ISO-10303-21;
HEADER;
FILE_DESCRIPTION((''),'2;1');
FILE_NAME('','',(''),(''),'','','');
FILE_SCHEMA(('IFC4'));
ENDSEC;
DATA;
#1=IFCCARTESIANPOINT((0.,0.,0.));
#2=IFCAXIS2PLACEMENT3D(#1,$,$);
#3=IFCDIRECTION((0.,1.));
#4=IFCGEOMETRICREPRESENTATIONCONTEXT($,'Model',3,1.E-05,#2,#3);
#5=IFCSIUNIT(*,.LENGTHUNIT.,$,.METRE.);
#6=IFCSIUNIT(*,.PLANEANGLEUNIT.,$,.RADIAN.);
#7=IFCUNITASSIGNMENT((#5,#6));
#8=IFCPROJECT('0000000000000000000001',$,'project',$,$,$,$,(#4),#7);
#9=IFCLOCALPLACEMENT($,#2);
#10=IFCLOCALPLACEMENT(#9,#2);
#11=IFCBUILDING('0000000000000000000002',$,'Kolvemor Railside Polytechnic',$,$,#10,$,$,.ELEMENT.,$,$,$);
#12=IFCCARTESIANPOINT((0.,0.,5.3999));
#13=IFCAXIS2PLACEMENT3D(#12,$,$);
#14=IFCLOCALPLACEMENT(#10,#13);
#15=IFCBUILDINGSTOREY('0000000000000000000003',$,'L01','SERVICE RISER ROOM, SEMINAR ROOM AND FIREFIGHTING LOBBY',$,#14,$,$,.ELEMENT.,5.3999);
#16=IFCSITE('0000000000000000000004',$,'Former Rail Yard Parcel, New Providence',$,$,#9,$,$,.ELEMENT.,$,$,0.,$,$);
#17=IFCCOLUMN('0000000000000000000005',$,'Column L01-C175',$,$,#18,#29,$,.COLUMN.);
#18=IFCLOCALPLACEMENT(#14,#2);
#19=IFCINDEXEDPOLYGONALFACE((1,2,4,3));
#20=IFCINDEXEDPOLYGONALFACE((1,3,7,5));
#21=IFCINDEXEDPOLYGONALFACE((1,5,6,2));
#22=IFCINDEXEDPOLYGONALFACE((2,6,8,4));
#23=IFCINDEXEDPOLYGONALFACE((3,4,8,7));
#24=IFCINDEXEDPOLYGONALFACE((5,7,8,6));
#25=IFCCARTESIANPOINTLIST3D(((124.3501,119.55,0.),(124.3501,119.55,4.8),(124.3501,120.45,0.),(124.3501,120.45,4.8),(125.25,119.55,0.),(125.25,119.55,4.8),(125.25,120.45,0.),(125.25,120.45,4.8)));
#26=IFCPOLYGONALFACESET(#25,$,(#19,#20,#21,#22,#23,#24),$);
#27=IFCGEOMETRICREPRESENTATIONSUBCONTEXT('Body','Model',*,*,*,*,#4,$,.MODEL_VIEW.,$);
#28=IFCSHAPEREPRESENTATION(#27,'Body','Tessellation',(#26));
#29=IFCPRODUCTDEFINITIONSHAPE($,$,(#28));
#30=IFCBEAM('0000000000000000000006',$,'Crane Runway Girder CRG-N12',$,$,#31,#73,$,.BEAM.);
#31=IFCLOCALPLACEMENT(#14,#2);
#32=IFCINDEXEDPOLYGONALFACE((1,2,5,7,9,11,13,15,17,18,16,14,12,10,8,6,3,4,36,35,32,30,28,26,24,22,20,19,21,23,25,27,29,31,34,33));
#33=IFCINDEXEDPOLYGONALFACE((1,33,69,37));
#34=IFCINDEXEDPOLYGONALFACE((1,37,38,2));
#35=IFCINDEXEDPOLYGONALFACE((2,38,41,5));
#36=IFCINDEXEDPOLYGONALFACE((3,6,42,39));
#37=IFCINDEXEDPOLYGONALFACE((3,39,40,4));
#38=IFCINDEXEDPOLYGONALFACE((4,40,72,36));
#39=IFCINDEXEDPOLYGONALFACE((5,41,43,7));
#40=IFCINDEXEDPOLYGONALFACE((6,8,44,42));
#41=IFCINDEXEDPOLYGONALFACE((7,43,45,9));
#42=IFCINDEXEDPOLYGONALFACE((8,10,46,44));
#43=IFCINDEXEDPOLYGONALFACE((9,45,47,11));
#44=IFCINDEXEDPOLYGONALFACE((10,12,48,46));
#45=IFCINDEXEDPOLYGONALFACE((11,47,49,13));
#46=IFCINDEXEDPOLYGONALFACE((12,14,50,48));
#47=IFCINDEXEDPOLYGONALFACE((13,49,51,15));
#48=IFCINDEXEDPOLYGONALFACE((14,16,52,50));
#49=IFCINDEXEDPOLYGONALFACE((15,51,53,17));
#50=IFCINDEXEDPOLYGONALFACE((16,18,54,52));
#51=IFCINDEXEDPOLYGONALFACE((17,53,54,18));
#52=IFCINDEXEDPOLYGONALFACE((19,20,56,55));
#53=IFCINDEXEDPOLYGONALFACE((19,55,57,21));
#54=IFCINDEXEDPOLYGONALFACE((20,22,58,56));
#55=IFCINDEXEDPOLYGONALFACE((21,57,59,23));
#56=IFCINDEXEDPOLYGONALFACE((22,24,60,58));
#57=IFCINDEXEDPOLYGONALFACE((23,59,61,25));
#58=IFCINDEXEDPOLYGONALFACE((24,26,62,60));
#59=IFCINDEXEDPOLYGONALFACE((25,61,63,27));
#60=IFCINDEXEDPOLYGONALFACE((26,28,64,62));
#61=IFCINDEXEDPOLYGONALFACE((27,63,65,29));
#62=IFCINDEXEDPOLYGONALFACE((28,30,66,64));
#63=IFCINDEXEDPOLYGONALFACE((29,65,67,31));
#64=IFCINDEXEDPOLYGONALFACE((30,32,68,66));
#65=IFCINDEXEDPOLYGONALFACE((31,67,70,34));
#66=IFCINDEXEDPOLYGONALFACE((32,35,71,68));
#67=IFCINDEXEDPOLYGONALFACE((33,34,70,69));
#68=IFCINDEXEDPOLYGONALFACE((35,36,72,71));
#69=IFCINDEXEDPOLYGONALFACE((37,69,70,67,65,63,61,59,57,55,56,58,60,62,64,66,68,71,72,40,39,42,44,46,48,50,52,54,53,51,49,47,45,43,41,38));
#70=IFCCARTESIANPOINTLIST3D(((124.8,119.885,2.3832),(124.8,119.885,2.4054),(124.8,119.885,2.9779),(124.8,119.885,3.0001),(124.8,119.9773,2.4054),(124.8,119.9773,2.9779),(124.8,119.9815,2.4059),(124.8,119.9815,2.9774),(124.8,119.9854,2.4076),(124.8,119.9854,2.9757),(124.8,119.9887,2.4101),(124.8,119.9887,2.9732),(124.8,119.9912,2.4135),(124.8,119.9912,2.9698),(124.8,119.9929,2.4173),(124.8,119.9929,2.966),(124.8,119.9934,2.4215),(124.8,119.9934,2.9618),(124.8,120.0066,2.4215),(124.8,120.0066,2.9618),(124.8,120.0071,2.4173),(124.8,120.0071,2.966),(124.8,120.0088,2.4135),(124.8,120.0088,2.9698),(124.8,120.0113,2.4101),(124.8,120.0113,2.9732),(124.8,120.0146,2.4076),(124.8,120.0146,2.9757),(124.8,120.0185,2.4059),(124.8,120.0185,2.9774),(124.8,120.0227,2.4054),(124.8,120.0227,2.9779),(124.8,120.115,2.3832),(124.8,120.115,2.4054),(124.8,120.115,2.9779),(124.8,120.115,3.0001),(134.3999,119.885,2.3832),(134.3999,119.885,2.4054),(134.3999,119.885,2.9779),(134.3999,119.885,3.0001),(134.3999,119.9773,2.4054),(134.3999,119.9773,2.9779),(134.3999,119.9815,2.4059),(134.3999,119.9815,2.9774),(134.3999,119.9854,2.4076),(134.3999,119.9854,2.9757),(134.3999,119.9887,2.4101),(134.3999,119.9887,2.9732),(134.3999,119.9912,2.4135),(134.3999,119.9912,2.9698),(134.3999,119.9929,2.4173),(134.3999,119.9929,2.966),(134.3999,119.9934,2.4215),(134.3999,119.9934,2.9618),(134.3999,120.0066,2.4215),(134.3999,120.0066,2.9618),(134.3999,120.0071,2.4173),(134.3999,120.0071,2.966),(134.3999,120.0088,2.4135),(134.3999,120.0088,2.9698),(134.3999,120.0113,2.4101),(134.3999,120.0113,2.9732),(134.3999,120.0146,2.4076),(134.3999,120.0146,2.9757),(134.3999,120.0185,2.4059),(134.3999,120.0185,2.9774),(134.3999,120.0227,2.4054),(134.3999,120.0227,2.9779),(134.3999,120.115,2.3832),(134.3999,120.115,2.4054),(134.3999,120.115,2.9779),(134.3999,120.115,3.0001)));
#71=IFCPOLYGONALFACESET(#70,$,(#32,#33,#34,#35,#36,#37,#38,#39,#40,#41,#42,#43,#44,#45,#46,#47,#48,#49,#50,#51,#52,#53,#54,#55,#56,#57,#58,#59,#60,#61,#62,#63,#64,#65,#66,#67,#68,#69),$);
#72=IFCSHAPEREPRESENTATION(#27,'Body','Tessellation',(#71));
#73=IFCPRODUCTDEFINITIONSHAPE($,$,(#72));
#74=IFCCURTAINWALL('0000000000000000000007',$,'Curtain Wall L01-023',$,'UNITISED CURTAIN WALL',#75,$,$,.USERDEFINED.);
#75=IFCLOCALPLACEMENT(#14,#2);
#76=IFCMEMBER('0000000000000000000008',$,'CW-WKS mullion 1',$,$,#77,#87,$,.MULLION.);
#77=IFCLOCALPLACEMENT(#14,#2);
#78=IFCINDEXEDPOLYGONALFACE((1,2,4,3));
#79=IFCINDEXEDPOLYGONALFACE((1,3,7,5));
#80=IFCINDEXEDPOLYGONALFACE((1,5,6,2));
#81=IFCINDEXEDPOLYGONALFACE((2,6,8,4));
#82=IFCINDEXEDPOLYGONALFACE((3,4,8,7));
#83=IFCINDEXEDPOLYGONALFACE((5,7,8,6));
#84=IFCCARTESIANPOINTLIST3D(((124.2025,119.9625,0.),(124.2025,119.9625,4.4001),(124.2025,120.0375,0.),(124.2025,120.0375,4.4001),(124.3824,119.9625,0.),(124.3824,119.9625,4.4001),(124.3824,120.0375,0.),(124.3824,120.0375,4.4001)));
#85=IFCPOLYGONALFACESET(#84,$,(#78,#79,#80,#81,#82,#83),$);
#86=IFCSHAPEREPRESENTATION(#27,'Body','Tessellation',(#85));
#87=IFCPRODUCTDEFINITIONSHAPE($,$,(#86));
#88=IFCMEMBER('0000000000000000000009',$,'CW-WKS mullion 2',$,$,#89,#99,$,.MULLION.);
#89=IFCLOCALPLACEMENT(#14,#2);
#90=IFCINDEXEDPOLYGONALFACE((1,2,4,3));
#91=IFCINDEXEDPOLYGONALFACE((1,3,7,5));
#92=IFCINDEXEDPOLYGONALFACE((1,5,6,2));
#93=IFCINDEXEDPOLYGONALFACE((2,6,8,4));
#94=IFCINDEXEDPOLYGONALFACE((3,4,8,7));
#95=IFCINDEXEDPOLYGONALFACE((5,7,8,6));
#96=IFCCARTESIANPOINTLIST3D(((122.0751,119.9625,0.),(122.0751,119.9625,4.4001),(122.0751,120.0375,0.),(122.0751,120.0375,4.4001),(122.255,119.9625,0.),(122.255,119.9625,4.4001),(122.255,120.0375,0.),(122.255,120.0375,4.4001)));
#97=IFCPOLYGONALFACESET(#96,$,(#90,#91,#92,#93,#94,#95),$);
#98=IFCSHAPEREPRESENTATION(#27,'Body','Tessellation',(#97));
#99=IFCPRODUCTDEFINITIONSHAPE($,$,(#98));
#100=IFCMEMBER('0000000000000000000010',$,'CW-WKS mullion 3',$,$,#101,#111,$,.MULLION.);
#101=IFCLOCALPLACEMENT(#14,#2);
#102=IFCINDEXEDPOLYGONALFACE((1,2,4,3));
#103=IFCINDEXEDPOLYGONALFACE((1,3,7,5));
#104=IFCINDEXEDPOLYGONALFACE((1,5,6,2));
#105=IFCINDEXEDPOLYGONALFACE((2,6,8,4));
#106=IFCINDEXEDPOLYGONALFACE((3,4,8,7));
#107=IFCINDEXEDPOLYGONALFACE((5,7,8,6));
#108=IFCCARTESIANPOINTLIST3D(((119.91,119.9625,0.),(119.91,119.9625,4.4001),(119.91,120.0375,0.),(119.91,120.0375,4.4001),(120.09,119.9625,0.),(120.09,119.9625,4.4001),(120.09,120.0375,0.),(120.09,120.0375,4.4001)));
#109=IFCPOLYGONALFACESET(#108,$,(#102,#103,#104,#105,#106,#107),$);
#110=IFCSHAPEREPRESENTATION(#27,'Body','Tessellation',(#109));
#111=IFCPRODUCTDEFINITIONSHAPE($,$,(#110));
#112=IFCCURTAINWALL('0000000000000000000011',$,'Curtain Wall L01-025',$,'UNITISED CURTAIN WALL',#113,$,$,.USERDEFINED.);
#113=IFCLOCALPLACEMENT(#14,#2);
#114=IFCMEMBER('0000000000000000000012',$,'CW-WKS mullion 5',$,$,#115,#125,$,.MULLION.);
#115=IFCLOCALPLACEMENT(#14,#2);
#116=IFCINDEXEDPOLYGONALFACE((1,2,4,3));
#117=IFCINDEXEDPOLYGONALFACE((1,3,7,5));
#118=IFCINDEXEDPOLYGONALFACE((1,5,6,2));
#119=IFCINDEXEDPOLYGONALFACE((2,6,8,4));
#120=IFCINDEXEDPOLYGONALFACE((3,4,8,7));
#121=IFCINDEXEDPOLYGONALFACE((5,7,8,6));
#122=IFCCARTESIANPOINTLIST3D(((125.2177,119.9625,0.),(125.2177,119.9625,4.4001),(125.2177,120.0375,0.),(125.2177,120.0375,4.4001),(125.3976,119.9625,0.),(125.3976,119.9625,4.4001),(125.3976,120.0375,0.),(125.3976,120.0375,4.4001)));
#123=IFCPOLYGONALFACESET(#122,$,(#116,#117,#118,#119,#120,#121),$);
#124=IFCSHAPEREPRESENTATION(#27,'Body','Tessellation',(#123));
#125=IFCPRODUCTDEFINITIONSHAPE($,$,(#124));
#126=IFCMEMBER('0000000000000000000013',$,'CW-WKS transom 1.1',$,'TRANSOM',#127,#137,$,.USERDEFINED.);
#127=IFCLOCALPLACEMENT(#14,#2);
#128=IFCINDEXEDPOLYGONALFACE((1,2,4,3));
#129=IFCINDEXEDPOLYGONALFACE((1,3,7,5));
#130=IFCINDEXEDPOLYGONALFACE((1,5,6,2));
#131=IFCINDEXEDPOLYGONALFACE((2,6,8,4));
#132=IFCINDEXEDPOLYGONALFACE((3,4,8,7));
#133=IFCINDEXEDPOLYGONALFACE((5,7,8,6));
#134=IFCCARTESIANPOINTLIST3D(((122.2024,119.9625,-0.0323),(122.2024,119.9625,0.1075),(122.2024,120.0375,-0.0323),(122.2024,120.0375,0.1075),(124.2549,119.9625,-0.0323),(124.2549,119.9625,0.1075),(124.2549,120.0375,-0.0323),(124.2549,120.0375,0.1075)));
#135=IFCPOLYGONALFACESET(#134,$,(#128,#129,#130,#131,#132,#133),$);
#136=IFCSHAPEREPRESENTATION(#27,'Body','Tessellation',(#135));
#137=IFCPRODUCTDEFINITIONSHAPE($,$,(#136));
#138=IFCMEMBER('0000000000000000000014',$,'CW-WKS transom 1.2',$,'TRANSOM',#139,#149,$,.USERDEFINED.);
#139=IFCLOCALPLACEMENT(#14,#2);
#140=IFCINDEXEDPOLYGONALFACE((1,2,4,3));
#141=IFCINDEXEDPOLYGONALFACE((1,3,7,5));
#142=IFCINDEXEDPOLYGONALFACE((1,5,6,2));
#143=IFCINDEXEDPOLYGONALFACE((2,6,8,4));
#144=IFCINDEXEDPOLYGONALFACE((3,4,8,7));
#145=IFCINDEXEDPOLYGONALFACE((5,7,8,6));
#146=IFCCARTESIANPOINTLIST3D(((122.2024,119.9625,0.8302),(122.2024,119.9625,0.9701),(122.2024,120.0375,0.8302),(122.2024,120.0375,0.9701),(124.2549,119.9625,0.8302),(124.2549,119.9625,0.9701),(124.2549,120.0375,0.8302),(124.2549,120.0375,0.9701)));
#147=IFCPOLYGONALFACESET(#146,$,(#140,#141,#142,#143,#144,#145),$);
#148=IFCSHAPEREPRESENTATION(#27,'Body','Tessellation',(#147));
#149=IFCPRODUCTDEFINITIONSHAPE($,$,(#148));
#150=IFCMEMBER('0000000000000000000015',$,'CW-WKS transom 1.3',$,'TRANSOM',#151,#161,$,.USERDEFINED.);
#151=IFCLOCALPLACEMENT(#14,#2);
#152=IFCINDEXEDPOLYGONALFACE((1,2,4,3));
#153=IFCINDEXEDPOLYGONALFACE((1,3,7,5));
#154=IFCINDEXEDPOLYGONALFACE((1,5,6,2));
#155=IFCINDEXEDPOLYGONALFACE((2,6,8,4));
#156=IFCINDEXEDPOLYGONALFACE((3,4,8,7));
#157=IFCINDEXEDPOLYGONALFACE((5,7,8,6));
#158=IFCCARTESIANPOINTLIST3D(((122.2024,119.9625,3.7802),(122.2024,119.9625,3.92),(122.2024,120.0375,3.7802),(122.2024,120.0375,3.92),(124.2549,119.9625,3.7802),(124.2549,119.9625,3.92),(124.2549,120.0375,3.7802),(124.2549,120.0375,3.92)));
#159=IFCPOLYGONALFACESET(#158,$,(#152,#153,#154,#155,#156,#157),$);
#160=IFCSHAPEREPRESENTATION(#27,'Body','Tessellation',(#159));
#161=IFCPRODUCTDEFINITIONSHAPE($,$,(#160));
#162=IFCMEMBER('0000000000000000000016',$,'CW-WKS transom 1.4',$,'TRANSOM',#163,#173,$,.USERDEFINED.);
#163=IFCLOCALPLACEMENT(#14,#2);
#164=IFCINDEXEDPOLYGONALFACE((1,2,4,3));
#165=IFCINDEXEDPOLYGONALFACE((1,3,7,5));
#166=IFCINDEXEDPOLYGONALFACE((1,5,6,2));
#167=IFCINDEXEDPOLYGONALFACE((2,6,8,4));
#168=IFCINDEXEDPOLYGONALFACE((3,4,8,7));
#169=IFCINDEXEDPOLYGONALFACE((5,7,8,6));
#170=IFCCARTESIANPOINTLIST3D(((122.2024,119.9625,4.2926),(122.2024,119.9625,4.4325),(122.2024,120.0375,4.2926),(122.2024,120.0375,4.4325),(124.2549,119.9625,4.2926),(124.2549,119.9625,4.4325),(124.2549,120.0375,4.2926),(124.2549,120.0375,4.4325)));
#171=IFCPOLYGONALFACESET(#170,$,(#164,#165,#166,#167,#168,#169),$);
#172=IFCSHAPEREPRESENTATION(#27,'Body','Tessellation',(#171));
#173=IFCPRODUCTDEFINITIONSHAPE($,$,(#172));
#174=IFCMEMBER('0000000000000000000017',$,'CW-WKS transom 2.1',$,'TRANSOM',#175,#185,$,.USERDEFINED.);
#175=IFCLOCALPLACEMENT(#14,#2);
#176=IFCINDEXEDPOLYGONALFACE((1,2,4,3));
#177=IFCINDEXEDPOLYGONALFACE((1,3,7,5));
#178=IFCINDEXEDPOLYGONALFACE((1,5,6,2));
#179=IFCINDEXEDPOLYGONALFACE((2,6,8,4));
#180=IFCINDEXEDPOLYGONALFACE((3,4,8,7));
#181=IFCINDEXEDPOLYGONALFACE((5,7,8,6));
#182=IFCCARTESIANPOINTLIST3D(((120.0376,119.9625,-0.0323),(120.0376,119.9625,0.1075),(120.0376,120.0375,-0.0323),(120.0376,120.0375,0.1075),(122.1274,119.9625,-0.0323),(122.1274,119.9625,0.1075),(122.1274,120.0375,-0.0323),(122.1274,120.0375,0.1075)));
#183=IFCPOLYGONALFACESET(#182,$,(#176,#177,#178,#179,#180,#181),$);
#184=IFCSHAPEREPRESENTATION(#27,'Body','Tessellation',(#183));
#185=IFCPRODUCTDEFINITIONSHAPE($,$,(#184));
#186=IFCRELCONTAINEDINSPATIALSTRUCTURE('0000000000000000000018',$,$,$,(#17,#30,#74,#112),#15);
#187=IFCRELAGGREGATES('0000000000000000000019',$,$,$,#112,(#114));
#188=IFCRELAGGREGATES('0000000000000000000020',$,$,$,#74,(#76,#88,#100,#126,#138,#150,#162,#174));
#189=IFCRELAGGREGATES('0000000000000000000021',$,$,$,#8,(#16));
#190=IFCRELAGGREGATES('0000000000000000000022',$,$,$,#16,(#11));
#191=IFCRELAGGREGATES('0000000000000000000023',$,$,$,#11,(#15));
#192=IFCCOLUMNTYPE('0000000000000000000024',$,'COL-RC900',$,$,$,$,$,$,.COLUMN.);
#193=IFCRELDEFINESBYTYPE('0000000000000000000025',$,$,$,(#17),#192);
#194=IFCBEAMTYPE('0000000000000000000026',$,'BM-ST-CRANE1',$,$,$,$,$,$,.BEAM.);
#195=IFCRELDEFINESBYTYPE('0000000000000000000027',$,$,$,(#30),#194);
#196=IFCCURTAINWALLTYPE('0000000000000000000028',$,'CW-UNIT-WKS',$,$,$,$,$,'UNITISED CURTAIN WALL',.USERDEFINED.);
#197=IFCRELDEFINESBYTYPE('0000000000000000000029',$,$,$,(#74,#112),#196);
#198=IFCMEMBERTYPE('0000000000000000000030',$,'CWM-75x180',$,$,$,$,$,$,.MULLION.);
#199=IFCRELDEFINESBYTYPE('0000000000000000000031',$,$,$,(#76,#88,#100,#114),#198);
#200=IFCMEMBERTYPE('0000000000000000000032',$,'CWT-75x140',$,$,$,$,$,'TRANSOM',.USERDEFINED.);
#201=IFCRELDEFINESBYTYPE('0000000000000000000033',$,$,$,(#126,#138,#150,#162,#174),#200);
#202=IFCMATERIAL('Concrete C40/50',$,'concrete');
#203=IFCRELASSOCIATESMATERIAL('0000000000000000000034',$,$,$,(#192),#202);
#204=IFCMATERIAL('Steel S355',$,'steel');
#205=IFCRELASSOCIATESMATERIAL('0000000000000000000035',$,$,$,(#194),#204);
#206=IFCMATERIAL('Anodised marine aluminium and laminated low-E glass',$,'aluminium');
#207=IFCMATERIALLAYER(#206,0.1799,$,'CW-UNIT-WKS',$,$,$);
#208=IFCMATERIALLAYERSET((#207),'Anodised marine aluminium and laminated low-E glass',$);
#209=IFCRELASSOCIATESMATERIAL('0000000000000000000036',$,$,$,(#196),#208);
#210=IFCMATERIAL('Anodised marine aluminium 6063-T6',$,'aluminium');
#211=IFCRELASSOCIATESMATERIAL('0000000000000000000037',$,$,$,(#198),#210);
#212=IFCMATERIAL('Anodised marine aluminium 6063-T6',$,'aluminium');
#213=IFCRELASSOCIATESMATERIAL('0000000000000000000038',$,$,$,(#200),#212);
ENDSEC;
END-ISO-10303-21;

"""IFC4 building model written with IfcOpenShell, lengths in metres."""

from ifc_helpers import new_model, si_unit, direction, frame, origin, origin_2d, place, context, subcontext, project, spatial, rectangle, i_section, extrude, material, layer, layer_set, material_profile, profile_set, type_object, element, aggregate, save


model = new_model("IFC4")

# Units and contexts
model_context = context("Model", 3, precision=1e-05, world=origin(), true_north=direction((0.0, 1.0)))
body_context = subcontext(model_context, "Body", "Model", "MODEL_VIEW")
ifc_project = project(units=[si_unit("LENGTHUNIT", "METRE"), si_unit("PLANEANGLEUNIT", "RADIAN")], contexts=[model_context])

# Site, building, storey
site_placement = place(None, origin())
site = spatial("IfcSite", under=ifc_project, at=site_placement, Name="Former Rail Yard Parcel, New Providence", CompositionType="ELEMENT", RefElevation=0.0)
building_placement = place(site_placement, origin())
building = spatial("IfcBuilding", under=site, at=building_placement, Name="Kolvemor Railside Polytechnic", CompositionType="ELEMENT")
storey_placement = place(building_placement, frame((0.0, 0.0, 5.3999)))
storey = spatial("IfcBuildingStorey", under=building, at=storey_placement, Name="L01", Description="SERVICE RISER ROOM, SEMINAR ROOM AND FIREFIGHTING LOBBY", CompositionType="ELEMENT", Elevation=5.3999)

# Column
ifc_material_1 = material(Name="Concrete C40/50", Category="concrete")
ifc_material_profile_1 = material_profile(ifc_material_1, rectangle(XDim=0.8999, YDim=0.8999, at=origin_2d()), Name="RC900x900")
ifc_profile_set_1 = profile_set([ifc_material_profile_1], Name="Concrete C40/50")
column_type = type_object("IfcColumnType", Name="COL-RC900", PredefinedType="COLUMN", material=ifc_profile_set_1)
column_placement = place(storey_placement, frame((124.8, 120.0, 0.0), z_axis=(0.0, 0.0, 1.0), x_axis=(1.0, 0.0, 0.0)))
element("IfcColumn", 1, at=column_placement, inside=storey, type_object=column_type, Name="Column L01-C175", PredefinedType="COLUMN", context=body_context, shape_type="SweptSolid", body=[
    extrude(rectangle(XDim=0.8999, YDim=0.8999, at=origin_2d()), origin(), (0.0, 0.0, 1.0), 4.8),
])

# Beam
ifc_material_2 = material(Name="Steel S355", Category="steel")
ifc_material_profile_2 = material_profile(ifc_material_2, i_section(OverallWidth=0.23, OverallDepth=0.6169, WebThickness=0.0132, FlangeThickness=0.0222, FilletRadius=0.0161, at=origin_2d()), Name="W610x140")
ifc_profile_set_2 = profile_set([ifc_material_profile_2], Name="Steel S355")
beam_type = type_object("IfcBeamType", Name="BM-ST-CRANE1", PredefinedType="BEAM", material=ifc_profile_set_2)
beam_placement = place(storey_placement, frame((124.8, 120.0, 2.6917), z_axis=(1.0, 0.0, 0.0), x_axis=(0.0, 1.0, 0.0)))
element("IfcBeam", 2, at=beam_placement, inside=storey, type_object=beam_type, Name="Crane Runway Girder CRG-N12", PredefinedType="BEAM", context=body_context, shape_type="SweptSolid", body=[
    extrude(i_section(OverallWidth=0.23, OverallDepth=0.6169, WebThickness=0.0132, FlangeThickness=0.0222, FilletRadius=0.0161, at=origin_2d()), origin(), (0.0, 0.0, 1.0), 9.5999),
])

# Curtain wall, members
ifc_material_3 = material(Name="Anodised marine aluminium and laminated low-E glass", Category="aluminium")
ifc_layer_1 = layer(ifc_material_3, 0.1799, Name="CW-UNIT-WKS")
ifc_layer_set_1 = layer_set([ifc_layer_1], Name="Anodised marine aluminium and laminated low-E glass")
curtain_wall_type = type_object("IfcCurtainWallType", Name="CW-UNIT-WKS", ElementType="UNITISED CURTAIN WALL", PredefinedType="USERDEFINED", material=ifc_layer_set_1)
curtain_wall_1_placement = place(storey_placement, origin())
curtain_wall_1 = element("IfcCurtainWall", 3, at=curtain_wall_1_placement, inside=storey, type_object=curtain_wall_type, Name="Curtain Wall L01-023", ObjectType="UNITISED CURTAIN WALL", PredefinedType="USERDEFINED")
ifc_material_4 = material(Name="Anodised marine aluminium 6063-T6", Category="aluminium")
ifc_material_profile_3 = material_profile(ifc_material_4, rectangle(XDim=0.075, YDim=0.1799, at=origin_2d()), Name="CW-MUL-75x180")
ifc_profile_set_3 = profile_set([ifc_material_profile_3], Name="Anodised marine aluminium 6063-T6")
member_type_1 = type_object("IfcMemberType", Name="CWM-75x180", PredefinedType="MULLION", material=ifc_profile_set_3)
member_1_placement = place(storey_placement, frame((124.2925, 120.0, 0.0), z_axis=(0.0, 0.0, 1.0), x_axis=(0.0, -1.0, 0.0)))
member_1 = element("IfcMember", 4, at=member_1_placement, type_object=member_type_1, Name="CW-WKS mullion 1", PredefinedType="MULLION", context=body_context, shape_type="SweptSolid", body=[
    extrude(rectangle(XDim=0.075, YDim=0.1799, at=origin_2d()), origin(), (0.0, 0.0, 1.0), 4.4001),
])
member_2_placement = place(storey_placement, frame((122.165, 120.0, 0.0), z_axis=(0.0, 0.0, 1.0), x_axis=(0.0, -1.0, 0.0)))
member_2 = element("IfcMember", 5, at=member_2_placement, type_object=member_type_1, Name="CW-WKS mullion 2", PredefinedType="MULLION", context=body_context, shape_type="SweptSolid", body=[
    extrude(rectangle(XDim=0.075, YDim=0.1799, at=origin_2d()), origin(), (0.0, 0.0, 1.0), 4.4001),
])
member_3_placement = place(storey_placement, frame((120.0, 120.0, 0.0), z_axis=(0.0, 0.0, 1.0), x_axis=(0.0, -1.0, 0.0)))
member_3 = element("IfcMember", 6, at=member_3_placement, type_object=member_type_1, Name="CW-WKS mullion 3", PredefinedType="MULLION", context=body_context, shape_type="SweptSolid", body=[
    extrude(rectangle(XDim=0.075, YDim=0.1799, at=origin_2d()), origin(), (0.0, 0.0, 1.0), 4.4001),
])

# Curtain wall, member
curtain_wall_2_placement = place(storey_placement, origin())
curtain_wall_2 = element("IfcCurtainWall", 7, at=curtain_wall_2_placement, inside=storey, type_object=curtain_wall_type, Name="Curtain Wall L01-025", ObjectType="UNITISED CURTAIN WALL", PredefinedType="USERDEFINED")
member_4_placement = place(storey_placement, frame((125.3076, 120.0, 0.0), z_axis=(0.0, 0.0, 1.0), x_axis=(0.0, -1.0, 0.0)))
member_4 = element("IfcMember", 8, at=member_4_placement, type_object=member_type_1, Name="CW-WKS mullion 5", PredefinedType="MULLION", context=body_context, shape_type="SweptSolid", body=[
    extrude(rectangle(XDim=0.075, YDim=0.1799, at=origin_2d()), origin(), (0.0, 0.0, 1.0), 4.4001),
])

# Members
ifc_material_5 = material(Name="Anodised marine aluminium 6063-T6", Category="aluminium")
ifc_material_profile_4 = material_profile(ifc_material_5, rectangle(XDim=0.075, YDim=0.1399, at=origin_2d()), Name="CW-TRN-75x140")
ifc_profile_set_4 = profile_set([ifc_material_profile_4], Name="Anodised marine aluminium 6063-T6")
member_type_2 = type_object("IfcMemberType", Name="CWT-75x140", ElementType="TRANSOM", PredefinedType="USERDEFINED", material=ifc_profile_set_4)
member_5_placement = place(storey_placement, frame((124.2549, 120.0, 0.0376), z_axis=(-1.0, 0.0, 0.0), x_axis=(0.0, -1.0, 0.0)))
member_5 = element("IfcMember", 9, at=member_5_placement, type_object=member_type_2, Name="CW-WKS transom 1.1", ObjectType="TRANSOM", PredefinedType="USERDEFINED", context=body_context, shape_type="SweptSolid", body=[
    extrude(rectangle(XDim=0.075, YDim=0.1399, at=origin_2d()), origin(), (0.0, 0.0, 1.0), 2.0525),
])
member_6_placement = place(storey_placement, frame((124.2549, 120.0, 0.9001), z_axis=(-1.0, 0.0, 0.0), x_axis=(0.0, -1.0, 0.0)))
member_6 = element("IfcMember", 10, at=member_6_placement, type_object=member_type_2, Name="CW-WKS transom 1.2", ObjectType="TRANSOM", PredefinedType="USERDEFINED", context=body_context, shape_type="SweptSolid", body=[
    extrude(rectangle(XDim=0.075, YDim=0.1399, at=origin_2d()), origin(), (0.0, 0.0, 1.0), 2.0525),
])
member_7_placement = place(storey_placement, frame((124.2549, 120.0, 3.8501), z_axis=(-1.0, 0.0, 0.0), x_axis=(0.0, -1.0, 0.0)))
member_7 = element("IfcMember", 11, at=member_7_placement, type_object=member_type_2, Name="CW-WKS transom 1.3", ObjectType="TRANSOM", PredefinedType="USERDEFINED", context=body_context, shape_type="SweptSolid", body=[
    extrude(rectangle(XDim=0.075, YDim=0.1399, at=origin_2d()), origin(), (0.0, 0.0, 1.0), 2.0525),
])
member_8_placement = place(storey_placement, frame((124.2549, 120.0, 4.3625), z_axis=(-1.0, 0.0, 0.0), x_axis=(0.0, -1.0, 0.0)))
member_8 = element("IfcMember", 12, at=member_8_placement, type_object=member_type_2, Name="CW-WKS transom 1.4", ObjectType="TRANSOM", PredefinedType="USERDEFINED", context=body_context, shape_type="SweptSolid", body=[
    extrude(rectangle(XDim=0.075, YDim=0.1399, at=origin_2d()), origin(), (0.0, 0.0, 1.0), 2.0525),
])
member_9_placement = place(storey_placement, frame((122.1274, 120.0, 0.0376), z_axis=(-1.0, 0.0, 0.0), x_axis=(0.0, -1.0, 0.0)))
member_9 = element("IfcMember", 13, at=member_9_placement, type_object=member_type_2, Name="CW-WKS transom 2.1", ObjectType="TRANSOM", PredefinedType="USERDEFINED", context=body_context, shape_type="SweptSolid", body=[
    extrude(rectangle(XDim=0.075, YDim=0.1399, at=origin_2d()), origin(), (0.0, 0.0, 1.0), 2.0898),
])

aggregate(curtain_wall_2, [member_4])
aggregate(curtain_wall_1, [member_1, member_2, member_3, member_5, member_6, member_7, member_8, member_9])

save(model, "model.ifc")
